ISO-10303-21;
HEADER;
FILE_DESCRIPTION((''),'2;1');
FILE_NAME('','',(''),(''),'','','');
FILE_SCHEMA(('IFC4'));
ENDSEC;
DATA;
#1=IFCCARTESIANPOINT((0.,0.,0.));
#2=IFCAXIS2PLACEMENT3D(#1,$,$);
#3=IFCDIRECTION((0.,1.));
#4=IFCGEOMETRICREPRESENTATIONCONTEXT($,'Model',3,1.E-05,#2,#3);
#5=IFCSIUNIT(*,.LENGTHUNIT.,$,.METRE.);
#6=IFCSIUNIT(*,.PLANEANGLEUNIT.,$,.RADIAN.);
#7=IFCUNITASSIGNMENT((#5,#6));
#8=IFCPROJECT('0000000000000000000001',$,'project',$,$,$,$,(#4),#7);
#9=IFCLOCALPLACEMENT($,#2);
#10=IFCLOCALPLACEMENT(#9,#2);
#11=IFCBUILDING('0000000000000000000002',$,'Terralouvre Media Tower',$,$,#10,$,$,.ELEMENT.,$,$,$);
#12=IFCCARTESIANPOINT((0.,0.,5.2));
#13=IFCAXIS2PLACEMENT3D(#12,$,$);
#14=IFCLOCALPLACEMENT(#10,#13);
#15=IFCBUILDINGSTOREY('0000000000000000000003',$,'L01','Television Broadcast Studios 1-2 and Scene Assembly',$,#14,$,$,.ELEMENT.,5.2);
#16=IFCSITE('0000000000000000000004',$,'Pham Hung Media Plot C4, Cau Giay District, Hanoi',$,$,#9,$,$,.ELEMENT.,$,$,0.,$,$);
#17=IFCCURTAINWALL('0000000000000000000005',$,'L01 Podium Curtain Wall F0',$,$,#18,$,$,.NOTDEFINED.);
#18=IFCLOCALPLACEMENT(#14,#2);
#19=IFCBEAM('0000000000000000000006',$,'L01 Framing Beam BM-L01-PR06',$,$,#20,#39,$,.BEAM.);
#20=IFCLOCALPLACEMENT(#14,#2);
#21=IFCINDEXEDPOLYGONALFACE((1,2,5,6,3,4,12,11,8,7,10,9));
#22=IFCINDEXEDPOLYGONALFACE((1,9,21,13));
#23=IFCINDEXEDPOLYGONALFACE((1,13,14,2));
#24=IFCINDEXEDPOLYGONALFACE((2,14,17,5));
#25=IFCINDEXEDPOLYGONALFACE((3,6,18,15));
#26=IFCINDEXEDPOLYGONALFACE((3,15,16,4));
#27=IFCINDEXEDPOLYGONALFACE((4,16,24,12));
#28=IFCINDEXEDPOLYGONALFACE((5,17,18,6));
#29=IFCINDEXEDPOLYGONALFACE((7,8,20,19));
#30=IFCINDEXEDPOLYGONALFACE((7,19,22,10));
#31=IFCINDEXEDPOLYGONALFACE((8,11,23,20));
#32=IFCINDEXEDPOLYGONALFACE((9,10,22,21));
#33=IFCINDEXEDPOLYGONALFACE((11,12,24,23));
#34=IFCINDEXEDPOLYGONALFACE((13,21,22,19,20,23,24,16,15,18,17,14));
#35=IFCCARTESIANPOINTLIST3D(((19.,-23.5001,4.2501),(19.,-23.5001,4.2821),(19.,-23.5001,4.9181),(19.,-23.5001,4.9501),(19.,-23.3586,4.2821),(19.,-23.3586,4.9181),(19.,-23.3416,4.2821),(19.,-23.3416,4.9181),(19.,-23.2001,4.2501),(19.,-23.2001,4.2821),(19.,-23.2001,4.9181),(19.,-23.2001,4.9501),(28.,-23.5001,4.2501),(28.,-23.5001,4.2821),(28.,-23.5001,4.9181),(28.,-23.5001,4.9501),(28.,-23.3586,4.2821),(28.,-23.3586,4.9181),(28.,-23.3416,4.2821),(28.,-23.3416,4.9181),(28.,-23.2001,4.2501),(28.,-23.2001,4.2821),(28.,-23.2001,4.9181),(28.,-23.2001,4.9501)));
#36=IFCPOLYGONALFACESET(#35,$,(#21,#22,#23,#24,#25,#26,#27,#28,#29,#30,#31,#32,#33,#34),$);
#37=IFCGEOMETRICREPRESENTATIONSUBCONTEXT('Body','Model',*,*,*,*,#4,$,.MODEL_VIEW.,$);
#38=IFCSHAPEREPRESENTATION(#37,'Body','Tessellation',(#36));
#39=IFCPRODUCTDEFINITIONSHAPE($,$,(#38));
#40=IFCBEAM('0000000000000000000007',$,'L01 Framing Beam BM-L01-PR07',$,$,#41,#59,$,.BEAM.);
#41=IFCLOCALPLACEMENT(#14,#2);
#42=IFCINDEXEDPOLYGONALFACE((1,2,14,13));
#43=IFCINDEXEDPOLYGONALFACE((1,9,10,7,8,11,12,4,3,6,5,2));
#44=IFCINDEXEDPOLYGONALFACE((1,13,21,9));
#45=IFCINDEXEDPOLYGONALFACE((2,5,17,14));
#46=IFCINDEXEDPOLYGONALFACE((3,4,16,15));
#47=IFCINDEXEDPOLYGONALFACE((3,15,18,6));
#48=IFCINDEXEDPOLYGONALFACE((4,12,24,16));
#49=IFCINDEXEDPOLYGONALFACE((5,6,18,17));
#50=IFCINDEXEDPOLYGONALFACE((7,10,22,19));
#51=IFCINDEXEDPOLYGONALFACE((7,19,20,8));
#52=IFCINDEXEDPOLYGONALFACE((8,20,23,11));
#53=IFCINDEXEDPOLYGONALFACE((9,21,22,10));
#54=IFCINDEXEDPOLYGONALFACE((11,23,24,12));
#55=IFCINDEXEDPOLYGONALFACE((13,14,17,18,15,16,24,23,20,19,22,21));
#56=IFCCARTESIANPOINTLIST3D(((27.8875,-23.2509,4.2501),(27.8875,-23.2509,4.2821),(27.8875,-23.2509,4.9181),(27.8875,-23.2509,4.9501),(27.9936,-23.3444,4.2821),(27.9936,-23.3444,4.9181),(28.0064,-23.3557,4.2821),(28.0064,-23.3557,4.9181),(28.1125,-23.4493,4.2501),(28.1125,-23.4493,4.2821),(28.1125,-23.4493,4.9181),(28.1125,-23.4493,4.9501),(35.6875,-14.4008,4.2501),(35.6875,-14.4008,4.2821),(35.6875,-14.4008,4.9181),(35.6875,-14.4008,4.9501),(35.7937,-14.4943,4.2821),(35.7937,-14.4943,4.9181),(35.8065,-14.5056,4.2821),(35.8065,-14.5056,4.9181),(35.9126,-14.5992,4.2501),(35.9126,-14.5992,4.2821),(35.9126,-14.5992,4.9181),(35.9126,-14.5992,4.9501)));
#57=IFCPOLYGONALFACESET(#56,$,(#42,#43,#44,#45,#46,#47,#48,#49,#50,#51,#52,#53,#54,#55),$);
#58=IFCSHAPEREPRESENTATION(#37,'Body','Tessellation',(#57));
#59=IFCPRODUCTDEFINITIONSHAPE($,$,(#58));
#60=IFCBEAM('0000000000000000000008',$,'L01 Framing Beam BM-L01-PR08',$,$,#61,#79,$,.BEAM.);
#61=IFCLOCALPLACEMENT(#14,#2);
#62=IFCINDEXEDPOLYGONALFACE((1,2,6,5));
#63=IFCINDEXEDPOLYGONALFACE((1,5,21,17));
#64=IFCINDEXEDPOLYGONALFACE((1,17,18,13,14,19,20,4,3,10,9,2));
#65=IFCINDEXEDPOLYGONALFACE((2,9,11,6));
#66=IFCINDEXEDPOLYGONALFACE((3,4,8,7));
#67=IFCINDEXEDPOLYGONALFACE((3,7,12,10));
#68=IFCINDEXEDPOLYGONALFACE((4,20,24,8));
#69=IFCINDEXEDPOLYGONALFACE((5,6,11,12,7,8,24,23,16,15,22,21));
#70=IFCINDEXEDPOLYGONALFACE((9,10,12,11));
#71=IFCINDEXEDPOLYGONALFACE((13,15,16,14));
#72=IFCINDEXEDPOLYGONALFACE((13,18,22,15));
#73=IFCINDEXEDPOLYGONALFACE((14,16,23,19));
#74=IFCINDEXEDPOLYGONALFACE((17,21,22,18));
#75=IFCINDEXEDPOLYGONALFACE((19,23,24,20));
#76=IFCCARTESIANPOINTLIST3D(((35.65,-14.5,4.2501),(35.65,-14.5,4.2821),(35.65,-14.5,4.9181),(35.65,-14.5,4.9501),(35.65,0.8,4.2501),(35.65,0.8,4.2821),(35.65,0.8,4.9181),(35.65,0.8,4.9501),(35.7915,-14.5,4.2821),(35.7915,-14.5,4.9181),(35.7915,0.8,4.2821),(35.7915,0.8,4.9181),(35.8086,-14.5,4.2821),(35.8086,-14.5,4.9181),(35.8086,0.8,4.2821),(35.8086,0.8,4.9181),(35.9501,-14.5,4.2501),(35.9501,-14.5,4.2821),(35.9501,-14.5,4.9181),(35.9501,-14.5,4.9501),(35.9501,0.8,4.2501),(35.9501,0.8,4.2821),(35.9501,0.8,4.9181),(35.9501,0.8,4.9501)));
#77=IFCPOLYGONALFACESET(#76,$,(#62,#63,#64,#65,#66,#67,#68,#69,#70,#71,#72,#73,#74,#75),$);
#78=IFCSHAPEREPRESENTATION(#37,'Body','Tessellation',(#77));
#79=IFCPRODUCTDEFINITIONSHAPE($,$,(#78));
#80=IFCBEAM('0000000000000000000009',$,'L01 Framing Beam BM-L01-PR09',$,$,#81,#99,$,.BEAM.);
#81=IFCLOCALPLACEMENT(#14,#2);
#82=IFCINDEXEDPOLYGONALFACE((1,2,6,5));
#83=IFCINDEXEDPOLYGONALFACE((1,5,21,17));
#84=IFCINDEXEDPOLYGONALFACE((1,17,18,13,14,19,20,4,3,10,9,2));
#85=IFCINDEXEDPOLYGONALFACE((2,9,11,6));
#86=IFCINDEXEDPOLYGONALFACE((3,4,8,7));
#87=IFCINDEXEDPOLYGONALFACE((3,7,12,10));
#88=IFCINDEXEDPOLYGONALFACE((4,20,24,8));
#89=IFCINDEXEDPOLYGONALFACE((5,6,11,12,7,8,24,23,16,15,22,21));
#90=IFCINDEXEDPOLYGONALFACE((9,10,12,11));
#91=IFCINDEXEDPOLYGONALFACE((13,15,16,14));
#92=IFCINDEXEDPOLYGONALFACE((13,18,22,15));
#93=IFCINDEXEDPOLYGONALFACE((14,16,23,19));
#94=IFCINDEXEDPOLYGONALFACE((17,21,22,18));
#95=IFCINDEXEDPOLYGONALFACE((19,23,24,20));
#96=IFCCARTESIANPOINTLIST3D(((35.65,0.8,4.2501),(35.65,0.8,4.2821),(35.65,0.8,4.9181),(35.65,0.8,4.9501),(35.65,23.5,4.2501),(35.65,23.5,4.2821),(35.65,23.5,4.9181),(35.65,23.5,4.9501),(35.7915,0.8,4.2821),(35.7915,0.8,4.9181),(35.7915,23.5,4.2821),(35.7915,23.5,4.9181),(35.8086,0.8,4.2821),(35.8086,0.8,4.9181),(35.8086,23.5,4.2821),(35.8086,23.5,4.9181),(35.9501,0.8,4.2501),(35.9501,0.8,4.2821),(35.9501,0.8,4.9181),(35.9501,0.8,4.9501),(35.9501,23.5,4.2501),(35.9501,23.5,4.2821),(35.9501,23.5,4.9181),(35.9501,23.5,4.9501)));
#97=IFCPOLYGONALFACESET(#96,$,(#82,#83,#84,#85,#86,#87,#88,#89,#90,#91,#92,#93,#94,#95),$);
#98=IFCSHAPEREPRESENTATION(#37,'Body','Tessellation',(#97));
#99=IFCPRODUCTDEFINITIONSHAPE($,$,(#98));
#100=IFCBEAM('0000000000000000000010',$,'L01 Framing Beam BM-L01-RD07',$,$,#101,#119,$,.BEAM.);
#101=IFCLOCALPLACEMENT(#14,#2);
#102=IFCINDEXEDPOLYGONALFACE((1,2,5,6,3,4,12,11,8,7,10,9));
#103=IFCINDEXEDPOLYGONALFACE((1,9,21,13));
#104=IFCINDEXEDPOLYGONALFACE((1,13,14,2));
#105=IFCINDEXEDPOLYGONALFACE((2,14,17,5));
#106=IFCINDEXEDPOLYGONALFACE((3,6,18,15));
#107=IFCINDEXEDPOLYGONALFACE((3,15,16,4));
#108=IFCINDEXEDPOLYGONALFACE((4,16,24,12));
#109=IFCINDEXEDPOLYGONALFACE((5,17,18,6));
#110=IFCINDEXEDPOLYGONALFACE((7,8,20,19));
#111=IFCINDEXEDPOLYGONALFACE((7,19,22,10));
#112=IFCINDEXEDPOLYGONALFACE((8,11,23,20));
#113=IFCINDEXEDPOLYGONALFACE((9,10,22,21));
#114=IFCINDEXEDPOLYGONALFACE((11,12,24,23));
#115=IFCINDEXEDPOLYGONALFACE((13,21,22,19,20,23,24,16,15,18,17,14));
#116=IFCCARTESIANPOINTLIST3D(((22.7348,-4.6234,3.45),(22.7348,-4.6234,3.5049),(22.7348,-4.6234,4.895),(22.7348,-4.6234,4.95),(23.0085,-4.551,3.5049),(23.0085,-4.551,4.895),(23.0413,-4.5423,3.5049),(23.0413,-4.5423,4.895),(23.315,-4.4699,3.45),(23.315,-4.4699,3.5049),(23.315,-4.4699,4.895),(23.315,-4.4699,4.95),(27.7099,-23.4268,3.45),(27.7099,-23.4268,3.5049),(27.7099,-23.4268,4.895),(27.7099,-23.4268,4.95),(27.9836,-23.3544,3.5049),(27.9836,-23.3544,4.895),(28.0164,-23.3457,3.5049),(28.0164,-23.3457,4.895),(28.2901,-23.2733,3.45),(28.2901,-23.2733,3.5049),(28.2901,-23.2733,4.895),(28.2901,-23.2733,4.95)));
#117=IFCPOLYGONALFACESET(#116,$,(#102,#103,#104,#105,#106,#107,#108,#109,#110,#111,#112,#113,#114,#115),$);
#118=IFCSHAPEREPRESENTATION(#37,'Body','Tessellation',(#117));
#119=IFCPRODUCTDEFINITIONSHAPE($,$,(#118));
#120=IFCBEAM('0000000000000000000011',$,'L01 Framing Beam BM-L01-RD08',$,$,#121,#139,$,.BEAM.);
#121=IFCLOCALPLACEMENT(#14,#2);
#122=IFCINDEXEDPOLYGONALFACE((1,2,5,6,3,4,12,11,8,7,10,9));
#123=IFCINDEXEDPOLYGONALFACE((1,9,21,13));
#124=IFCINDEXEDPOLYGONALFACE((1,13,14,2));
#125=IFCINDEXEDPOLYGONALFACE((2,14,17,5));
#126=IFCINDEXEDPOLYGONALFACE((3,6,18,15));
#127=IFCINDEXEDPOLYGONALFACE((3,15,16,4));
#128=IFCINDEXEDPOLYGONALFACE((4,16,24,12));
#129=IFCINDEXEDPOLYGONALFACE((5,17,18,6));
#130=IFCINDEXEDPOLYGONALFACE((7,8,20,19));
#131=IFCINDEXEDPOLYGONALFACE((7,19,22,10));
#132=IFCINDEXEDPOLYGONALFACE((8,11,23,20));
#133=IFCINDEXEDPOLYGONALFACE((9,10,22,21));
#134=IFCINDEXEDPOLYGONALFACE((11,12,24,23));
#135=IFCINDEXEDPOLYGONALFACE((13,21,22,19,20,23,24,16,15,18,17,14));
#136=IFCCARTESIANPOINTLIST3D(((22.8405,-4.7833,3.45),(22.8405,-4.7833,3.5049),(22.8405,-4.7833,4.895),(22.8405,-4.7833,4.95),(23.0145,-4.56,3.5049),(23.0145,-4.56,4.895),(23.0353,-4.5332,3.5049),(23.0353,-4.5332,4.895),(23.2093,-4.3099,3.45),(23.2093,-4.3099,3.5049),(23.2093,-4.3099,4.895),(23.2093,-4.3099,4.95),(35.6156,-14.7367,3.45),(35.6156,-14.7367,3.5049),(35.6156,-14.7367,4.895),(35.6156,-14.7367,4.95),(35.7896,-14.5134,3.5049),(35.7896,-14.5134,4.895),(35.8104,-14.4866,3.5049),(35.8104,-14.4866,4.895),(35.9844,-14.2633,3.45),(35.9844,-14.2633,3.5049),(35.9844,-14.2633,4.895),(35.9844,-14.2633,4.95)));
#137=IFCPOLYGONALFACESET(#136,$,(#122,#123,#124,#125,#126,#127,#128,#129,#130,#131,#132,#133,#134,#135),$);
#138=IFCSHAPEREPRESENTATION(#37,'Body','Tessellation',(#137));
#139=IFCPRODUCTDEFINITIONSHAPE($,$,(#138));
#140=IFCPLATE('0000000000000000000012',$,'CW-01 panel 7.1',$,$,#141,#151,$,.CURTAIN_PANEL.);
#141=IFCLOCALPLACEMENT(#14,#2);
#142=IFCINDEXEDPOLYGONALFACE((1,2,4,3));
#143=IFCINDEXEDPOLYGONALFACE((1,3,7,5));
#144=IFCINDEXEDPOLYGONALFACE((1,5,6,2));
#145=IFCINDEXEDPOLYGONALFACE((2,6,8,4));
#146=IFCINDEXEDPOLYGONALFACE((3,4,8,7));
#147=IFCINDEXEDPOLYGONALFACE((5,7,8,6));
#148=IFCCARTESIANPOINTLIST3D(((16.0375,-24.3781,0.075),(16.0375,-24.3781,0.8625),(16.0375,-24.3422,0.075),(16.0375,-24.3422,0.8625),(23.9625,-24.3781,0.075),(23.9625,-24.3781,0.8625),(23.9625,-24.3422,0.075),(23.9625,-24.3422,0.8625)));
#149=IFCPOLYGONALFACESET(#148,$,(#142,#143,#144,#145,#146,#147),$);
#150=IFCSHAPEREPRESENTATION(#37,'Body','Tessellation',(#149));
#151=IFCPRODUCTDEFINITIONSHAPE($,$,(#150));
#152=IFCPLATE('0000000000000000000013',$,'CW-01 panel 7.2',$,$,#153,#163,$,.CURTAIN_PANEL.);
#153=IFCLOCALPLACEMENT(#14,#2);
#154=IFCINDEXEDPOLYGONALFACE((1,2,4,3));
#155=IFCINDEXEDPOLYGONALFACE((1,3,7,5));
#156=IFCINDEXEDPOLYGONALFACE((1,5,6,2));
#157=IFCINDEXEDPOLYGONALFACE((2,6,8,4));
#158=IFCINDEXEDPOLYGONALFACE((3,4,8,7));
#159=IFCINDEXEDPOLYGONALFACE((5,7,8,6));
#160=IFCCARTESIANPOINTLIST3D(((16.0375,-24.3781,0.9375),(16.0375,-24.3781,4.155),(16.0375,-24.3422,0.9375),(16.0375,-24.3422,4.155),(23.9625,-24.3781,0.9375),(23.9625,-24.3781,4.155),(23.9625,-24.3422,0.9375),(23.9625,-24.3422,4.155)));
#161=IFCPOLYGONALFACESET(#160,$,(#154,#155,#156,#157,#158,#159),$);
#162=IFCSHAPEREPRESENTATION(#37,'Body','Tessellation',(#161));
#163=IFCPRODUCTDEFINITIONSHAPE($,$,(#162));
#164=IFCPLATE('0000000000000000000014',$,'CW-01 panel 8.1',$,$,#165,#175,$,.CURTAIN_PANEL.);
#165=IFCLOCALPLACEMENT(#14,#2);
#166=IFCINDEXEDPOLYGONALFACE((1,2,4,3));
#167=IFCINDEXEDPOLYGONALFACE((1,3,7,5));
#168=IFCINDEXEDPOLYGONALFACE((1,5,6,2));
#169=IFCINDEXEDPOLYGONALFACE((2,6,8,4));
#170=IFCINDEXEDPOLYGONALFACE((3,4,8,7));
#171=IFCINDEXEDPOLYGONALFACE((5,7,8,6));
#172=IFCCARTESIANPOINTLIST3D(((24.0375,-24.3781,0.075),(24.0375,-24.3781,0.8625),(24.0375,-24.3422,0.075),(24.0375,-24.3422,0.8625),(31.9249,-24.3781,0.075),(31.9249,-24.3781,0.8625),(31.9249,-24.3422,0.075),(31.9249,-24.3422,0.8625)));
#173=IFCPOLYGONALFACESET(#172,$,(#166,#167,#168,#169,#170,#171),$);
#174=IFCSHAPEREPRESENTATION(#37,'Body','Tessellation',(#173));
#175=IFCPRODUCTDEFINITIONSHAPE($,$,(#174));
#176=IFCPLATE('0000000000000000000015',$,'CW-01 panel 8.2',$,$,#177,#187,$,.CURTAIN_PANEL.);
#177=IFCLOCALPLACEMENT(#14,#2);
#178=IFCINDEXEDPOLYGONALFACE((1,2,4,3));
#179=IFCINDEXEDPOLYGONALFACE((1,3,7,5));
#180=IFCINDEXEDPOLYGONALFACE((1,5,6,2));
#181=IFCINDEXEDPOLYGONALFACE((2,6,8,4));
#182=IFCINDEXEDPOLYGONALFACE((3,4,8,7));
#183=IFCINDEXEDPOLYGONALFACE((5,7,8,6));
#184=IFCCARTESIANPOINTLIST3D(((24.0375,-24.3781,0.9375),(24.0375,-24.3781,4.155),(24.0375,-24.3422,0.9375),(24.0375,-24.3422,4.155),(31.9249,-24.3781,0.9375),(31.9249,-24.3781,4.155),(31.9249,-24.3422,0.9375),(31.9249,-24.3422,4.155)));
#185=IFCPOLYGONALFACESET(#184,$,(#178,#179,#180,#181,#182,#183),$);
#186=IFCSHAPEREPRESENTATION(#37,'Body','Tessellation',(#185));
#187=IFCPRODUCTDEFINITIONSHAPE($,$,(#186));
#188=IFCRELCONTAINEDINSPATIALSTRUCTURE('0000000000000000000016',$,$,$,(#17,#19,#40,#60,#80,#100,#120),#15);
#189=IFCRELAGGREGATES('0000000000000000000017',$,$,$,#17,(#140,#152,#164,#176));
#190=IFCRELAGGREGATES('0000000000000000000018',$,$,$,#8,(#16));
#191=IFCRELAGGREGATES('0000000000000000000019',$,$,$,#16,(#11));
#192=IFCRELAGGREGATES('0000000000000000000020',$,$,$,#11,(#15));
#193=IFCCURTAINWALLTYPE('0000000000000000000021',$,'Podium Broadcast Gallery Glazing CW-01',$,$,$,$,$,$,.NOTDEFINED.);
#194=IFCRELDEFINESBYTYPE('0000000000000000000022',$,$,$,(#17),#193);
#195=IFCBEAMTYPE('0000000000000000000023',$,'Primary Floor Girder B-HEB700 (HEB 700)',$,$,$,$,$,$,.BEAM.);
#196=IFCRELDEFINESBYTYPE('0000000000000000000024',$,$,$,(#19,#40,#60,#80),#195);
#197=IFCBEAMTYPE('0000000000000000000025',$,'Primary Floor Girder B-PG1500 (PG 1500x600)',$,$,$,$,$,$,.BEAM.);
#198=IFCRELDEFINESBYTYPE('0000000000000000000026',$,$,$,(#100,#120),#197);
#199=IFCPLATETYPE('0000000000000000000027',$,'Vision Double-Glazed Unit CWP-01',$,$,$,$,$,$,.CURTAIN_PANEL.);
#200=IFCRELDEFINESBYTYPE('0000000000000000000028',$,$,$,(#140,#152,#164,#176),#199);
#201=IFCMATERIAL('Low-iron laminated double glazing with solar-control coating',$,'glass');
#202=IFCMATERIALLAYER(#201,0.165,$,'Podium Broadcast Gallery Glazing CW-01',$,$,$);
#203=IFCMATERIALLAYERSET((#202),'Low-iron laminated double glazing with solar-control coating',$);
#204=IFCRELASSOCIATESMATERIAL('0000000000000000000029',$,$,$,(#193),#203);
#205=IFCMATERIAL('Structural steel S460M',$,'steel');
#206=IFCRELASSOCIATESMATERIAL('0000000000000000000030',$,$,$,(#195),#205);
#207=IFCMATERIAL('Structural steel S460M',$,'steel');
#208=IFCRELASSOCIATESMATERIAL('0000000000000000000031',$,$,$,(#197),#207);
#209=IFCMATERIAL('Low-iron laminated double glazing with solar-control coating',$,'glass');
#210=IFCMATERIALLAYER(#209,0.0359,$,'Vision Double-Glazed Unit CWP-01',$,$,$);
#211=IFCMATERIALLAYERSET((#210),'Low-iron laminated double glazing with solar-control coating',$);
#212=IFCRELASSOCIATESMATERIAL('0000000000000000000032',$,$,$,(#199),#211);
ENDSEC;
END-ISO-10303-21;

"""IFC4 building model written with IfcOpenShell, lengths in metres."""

from ifc_helpers import new_model, si_unit, direction, frame, origin, origin_2d, place, context, subcontext, project, spatial, rectangle, i_section, extrude, material, layer, layer_set, material_profile, profile_set, type_object, element, aggregate, save


model = new_model("IFC4")

# Units and contexts
model_context = context("Model", 3, precision=1e-05, world=origin(), true_north=direction((0.0, 1.0)))
body_context = subcontext(model_context, "Body", "Model", "MODEL_VIEW")
ifc_project = project(units=[si_unit("LENGTHUNIT", "METRE"), si_unit("PLANEANGLEUNIT", "RADIAN")], contexts=[model_context])

# Site, building, storey
site_placement = place(None, origin())
site = spatial("IfcSite", under=ifc_project, at=site_placement, Name="Pham Hung Media Plot C4, Cau Giay District, Hanoi", CompositionType="ELEMENT", RefElevation=0.0)
building_placement = place(site_placement, origin())
building = spatial("IfcBuilding", under=site, at=building_placement, Name="Terralouvre Media Tower", CompositionType="ELEMENT")
storey_placement = place(building_placement, frame((0.0, 0.0, 5.2)))
storey = spatial("IfcBuildingStorey", under=building, at=storey_placement, Name="L01", Description="Television Broadcast Studios 1-2 and Scene Assembly", CompositionType="ELEMENT", Elevation=5.2)

# Curtain wall
ifc_material_1 = material(Name="Low-iron laminated double glazing with solar-control coating", Category="glass")
ifc_layer_1 = layer(ifc_material_1, 0.165, Name="Podium Broadcast Gallery Glazing CW-01")
ifc_layer_set_1 = layer_set([ifc_layer_1], Name="Low-iron laminated double glazing with solar-control coating")
curtain_wall_type = type_object("IfcCurtainWallType", Name="Podium Broadcast Gallery Glazing CW-01", PredefinedType="NOTDEFINED", material=ifc_layer_set_1)
curtain_wall_placement = place(storey_placement, origin())
curtain_wall = element("IfcCurtainWall", 1, at=curtain_wall_placement, inside=storey, type_object=curtain_wall_type, Name="L01 Podium Curtain Wall F0", PredefinedType="NOTDEFINED")

# Beams
ifc_material_2 = material(Name="Structural steel S460M", Category="steel")
ifc_material_profile_1 = material_profile(ifc_material_2, i_section(OverallWidth=0.3, OverallDepth=0.7, WebThickness=0.0171, FlangeThickness=0.032, at=origin_2d()), Name="HEB 700")
ifc_profile_set_1 = profile_set([ifc_material_profile_1], Name="Structural steel S460M")
beam_type_1 = type_object("IfcBeamType", Name="Primary Floor Girder B-HEB700 (HEB 700)", PredefinedType="BEAM", material=ifc_profile_set_1)
beam_1_placement = place(storey_placement, frame((19.0, -23.3501, 4.6001), z_axis=(1.0, 0.0, 0.0), x_axis=(0.0, 1.0, 0.0)))
element("IfcBeam", 2, at=beam_1_placement, inside=storey, type_object=beam_type_1, Name="L01 Framing Beam BM-L01-PR06", PredefinedType="BEAM", context=body_context, shape_type="SweptSolid", body=[
    extrude(i_section(OverallWidth=0.3, OverallDepth=0.7, WebThickness=0.0171, FlangeThickness=0.032, at=origin_2d()), origin(), (0.0, 0.0, 1.0), 9.0),
])
beam_2_placement = place(storey_placement, frame((28.0, -23.3501, 4.6001), z_axis=(0.661199, 0.75021, 0.0), x_axis=(-0.75021, 0.661199, 0.0)))
element("IfcBeam", 3, at=beam_2_placement, inside=storey, type_object=beam_type_1, Name="L01 Framing Beam BM-L01-PR07", PredefinedType="BEAM", context=body_context, shape_type="SweptSolid", body=[
    extrude(i_section(OverallWidth=0.3, OverallDepth=0.7, WebThickness=0.0171, FlangeThickness=0.032, at=origin_2d()), origin(), (0.0, 0.0, 1.0), 11.7969),
])
beam_3_placement = place(storey_placement, frame((35.8, -14.5, 4.6001), z_axis=(0.0, 1.0, 0.0), x_axis=(-1.0, 0.0, 0.0)))
element("IfcBeam", 4, at=beam_3_placement, inside=storey, type_object=beam_type_1, Name="L01 Framing Beam BM-L01-PR08", PredefinedType="BEAM", context=body_context, shape_type="SweptSolid", body=[
    extrude(i_section(OverallWidth=0.3, OverallDepth=0.7, WebThickness=0.0171, FlangeThickness=0.032, at=origin_2d()), origin(), (0.0, 0.0, 1.0), 15.3),
])
beam_4_placement = place(storey_placement, frame((35.8, 0.8, 4.6001), z_axis=(0.0, 1.0, 0.0), x_axis=(-1.0, 0.0, 0.0)))
element("IfcBeam", 5, at=beam_4_placement, inside=storey, type_object=beam_type_1, Name="L01 Framing Beam BM-L01-PR09", PredefinedType="BEAM", context=body_context, shape_type="SweptSolid", body=[
    extrude(i_section(OverallWidth=0.3, OverallDepth=0.7, WebThickness=0.0171, FlangeThickness=0.032, at=origin_2d()), origin(), (0.0, 0.0, 1.0), 22.7),
])
ifc_material_3 = material(Name="Structural steel S460M", Category="steel")
ifc_material_profile_2 = material_profile(ifc_material_3, i_section(OverallWidth=0.6001, OverallDepth=1.5, WebThickness=0.0339, FlangeThickness=0.0549, at=origin_2d()), Name="PG 1500x600")
ifc_profile_set_2 = profile_set([ifc_material_profile_2], Name="Structural steel S460M")
beam_type_2 = type_object("IfcBeamType", Name="Primary Floor Girder B-PG1500 (PG 1500x600)", PredefinedType="BEAM", material=ifc_profile_set_2)
beam_5_placement = place(storey_placement, frame((23.0249, -4.5466, 4.2), z_axis=(0.255783, -0.966734, 0.0), x_axis=(0.966734, 0.255783, 0.0)))
element("IfcBeam", 6, at=beam_5_placement, inside=storey, type_object=beam_type_2, Name="L01 Framing Beam BM-L01-RD07", PredefinedType="BEAM", context=body_context, shape_type="SweptSolid", body=[
    extrude(i_section(OverallWidth=0.6001, OverallDepth=1.5, WebThickness=0.0339, FlangeThickness=0.0549, at=origin_2d()), origin(), (0.0, 0.0, 1.0), 19.4504),
])
beam_6_placement = place(storey_placement, frame((23.0249, -4.5466, 4.2), z_axis=(0.788839, -0.6146, 0.0), x_axis=(0.6146, 0.788839, 0.0)))
element("IfcBeam", 7, at=beam_6_placement, inside=storey, type_object=beam_type_2, Name="L01 Framing Beam BM-L01-RD08", PredefinedType="BEAM", context=body_context, shape_type="SweptSolid", body=[
    extrude(i_section(OverallWidth=0.6001, OverallDepth=1.5, WebThickness=0.0339, FlangeThickness=0.0549, at=origin_2d()), origin(), (0.0, 0.0, 1.0), 16.1948),
])

# Plates
ifc_material_4 = material(Name="Low-iron laminated double glazing with solar-control coating", Category="glass")
ifc_layer_2 = layer(ifc_material_4, 0.0359, Name="Vision Double-Glazed Unit CWP-01")
ifc_layer_set_2 = layer_set([ifc_layer_2], Name="Low-iron laminated double glazing with solar-control coating")
plate_type = type_object("IfcPlateType", Name="Vision Double-Glazed Unit CWP-01", PredefinedType="CURTAIN_PANEL", material=ifc_layer_set_2)
plate_1_placement = place(storey_placement, frame((20.0, -24.3601, 0.075), z_axis=(0.0, 0.0, 1.0), x_axis=(1.0, 0.0, 0.0)))
plate_1 = element("IfcPlate", 8, at=plate_1_placement, type_object=plate_type, Name="CW-01 panel 7.1", PredefinedType="CURTAIN_PANEL", context=body_context, shape_type="SweptSolid", body=[
    extrude(rectangle(XDim=7.925, YDim=0.0359, at=origin_2d()), origin(), (0.0, 0.0, 1.0), 0.7876),
])
plate_2_placement = place(storey_placement, frame((20.0, -24.3601, 0.9375), z_axis=(0.0, 0.0, 1.0), x_axis=(1.0, 0.0, 0.0)))
plate_2 = element("IfcPlate", 9, at=plate_2_placement, type_object=plate_type, Name="CW-01 panel 7.2", PredefinedType="CURTAIN_PANEL", context=body_context, shape_type="SweptSolid", body=[
    extrude(rectangle(XDim=7.925, YDim=0.0359, at=origin_2d()), origin(), (0.0, 0.0, 1.0), 3.2175),
])
plate_3_placement = place(storey_placement, frame((27.9812, -24.3601, 0.075), z_axis=(0.0, 0.0, 1.0), x_axis=(1.0, 0.0, 0.0)))
plate_3 = element("IfcPlate", 10, at=plate_3_placement, type_object=plate_type, Name="CW-01 panel 8.1", PredefinedType="CURTAIN_PANEL", context=body_context, shape_type="SweptSolid", body=[
    extrude(rectangle(XDim=7.8875, YDim=0.0359, at=origin_2d()), origin(), (0.0, 0.0, 1.0), 0.7876),
])
plate_4_placement = place(storey_placement, frame((27.9812, -24.3601, 0.9375), z_axis=(0.0, 0.0, 1.0), x_axis=(1.0, 0.0, 0.0)))
plate_4 = element("IfcPlate", 11, at=plate_4_placement, type_object=plate_type, Name="CW-01 panel 8.2", PredefinedType="CURTAIN_PANEL", context=body_context, shape_type="SweptSolid", body=[
    extrude(rectangle(XDim=7.8875, YDim=0.0359, at=origin_2d()), origin(), (0.0, 0.0, 1.0), 3.2175),
])
aggregate(curtain_wall, [plate_1, plate_2, plate_3, plate_4])

save(model, "model.ifc")
